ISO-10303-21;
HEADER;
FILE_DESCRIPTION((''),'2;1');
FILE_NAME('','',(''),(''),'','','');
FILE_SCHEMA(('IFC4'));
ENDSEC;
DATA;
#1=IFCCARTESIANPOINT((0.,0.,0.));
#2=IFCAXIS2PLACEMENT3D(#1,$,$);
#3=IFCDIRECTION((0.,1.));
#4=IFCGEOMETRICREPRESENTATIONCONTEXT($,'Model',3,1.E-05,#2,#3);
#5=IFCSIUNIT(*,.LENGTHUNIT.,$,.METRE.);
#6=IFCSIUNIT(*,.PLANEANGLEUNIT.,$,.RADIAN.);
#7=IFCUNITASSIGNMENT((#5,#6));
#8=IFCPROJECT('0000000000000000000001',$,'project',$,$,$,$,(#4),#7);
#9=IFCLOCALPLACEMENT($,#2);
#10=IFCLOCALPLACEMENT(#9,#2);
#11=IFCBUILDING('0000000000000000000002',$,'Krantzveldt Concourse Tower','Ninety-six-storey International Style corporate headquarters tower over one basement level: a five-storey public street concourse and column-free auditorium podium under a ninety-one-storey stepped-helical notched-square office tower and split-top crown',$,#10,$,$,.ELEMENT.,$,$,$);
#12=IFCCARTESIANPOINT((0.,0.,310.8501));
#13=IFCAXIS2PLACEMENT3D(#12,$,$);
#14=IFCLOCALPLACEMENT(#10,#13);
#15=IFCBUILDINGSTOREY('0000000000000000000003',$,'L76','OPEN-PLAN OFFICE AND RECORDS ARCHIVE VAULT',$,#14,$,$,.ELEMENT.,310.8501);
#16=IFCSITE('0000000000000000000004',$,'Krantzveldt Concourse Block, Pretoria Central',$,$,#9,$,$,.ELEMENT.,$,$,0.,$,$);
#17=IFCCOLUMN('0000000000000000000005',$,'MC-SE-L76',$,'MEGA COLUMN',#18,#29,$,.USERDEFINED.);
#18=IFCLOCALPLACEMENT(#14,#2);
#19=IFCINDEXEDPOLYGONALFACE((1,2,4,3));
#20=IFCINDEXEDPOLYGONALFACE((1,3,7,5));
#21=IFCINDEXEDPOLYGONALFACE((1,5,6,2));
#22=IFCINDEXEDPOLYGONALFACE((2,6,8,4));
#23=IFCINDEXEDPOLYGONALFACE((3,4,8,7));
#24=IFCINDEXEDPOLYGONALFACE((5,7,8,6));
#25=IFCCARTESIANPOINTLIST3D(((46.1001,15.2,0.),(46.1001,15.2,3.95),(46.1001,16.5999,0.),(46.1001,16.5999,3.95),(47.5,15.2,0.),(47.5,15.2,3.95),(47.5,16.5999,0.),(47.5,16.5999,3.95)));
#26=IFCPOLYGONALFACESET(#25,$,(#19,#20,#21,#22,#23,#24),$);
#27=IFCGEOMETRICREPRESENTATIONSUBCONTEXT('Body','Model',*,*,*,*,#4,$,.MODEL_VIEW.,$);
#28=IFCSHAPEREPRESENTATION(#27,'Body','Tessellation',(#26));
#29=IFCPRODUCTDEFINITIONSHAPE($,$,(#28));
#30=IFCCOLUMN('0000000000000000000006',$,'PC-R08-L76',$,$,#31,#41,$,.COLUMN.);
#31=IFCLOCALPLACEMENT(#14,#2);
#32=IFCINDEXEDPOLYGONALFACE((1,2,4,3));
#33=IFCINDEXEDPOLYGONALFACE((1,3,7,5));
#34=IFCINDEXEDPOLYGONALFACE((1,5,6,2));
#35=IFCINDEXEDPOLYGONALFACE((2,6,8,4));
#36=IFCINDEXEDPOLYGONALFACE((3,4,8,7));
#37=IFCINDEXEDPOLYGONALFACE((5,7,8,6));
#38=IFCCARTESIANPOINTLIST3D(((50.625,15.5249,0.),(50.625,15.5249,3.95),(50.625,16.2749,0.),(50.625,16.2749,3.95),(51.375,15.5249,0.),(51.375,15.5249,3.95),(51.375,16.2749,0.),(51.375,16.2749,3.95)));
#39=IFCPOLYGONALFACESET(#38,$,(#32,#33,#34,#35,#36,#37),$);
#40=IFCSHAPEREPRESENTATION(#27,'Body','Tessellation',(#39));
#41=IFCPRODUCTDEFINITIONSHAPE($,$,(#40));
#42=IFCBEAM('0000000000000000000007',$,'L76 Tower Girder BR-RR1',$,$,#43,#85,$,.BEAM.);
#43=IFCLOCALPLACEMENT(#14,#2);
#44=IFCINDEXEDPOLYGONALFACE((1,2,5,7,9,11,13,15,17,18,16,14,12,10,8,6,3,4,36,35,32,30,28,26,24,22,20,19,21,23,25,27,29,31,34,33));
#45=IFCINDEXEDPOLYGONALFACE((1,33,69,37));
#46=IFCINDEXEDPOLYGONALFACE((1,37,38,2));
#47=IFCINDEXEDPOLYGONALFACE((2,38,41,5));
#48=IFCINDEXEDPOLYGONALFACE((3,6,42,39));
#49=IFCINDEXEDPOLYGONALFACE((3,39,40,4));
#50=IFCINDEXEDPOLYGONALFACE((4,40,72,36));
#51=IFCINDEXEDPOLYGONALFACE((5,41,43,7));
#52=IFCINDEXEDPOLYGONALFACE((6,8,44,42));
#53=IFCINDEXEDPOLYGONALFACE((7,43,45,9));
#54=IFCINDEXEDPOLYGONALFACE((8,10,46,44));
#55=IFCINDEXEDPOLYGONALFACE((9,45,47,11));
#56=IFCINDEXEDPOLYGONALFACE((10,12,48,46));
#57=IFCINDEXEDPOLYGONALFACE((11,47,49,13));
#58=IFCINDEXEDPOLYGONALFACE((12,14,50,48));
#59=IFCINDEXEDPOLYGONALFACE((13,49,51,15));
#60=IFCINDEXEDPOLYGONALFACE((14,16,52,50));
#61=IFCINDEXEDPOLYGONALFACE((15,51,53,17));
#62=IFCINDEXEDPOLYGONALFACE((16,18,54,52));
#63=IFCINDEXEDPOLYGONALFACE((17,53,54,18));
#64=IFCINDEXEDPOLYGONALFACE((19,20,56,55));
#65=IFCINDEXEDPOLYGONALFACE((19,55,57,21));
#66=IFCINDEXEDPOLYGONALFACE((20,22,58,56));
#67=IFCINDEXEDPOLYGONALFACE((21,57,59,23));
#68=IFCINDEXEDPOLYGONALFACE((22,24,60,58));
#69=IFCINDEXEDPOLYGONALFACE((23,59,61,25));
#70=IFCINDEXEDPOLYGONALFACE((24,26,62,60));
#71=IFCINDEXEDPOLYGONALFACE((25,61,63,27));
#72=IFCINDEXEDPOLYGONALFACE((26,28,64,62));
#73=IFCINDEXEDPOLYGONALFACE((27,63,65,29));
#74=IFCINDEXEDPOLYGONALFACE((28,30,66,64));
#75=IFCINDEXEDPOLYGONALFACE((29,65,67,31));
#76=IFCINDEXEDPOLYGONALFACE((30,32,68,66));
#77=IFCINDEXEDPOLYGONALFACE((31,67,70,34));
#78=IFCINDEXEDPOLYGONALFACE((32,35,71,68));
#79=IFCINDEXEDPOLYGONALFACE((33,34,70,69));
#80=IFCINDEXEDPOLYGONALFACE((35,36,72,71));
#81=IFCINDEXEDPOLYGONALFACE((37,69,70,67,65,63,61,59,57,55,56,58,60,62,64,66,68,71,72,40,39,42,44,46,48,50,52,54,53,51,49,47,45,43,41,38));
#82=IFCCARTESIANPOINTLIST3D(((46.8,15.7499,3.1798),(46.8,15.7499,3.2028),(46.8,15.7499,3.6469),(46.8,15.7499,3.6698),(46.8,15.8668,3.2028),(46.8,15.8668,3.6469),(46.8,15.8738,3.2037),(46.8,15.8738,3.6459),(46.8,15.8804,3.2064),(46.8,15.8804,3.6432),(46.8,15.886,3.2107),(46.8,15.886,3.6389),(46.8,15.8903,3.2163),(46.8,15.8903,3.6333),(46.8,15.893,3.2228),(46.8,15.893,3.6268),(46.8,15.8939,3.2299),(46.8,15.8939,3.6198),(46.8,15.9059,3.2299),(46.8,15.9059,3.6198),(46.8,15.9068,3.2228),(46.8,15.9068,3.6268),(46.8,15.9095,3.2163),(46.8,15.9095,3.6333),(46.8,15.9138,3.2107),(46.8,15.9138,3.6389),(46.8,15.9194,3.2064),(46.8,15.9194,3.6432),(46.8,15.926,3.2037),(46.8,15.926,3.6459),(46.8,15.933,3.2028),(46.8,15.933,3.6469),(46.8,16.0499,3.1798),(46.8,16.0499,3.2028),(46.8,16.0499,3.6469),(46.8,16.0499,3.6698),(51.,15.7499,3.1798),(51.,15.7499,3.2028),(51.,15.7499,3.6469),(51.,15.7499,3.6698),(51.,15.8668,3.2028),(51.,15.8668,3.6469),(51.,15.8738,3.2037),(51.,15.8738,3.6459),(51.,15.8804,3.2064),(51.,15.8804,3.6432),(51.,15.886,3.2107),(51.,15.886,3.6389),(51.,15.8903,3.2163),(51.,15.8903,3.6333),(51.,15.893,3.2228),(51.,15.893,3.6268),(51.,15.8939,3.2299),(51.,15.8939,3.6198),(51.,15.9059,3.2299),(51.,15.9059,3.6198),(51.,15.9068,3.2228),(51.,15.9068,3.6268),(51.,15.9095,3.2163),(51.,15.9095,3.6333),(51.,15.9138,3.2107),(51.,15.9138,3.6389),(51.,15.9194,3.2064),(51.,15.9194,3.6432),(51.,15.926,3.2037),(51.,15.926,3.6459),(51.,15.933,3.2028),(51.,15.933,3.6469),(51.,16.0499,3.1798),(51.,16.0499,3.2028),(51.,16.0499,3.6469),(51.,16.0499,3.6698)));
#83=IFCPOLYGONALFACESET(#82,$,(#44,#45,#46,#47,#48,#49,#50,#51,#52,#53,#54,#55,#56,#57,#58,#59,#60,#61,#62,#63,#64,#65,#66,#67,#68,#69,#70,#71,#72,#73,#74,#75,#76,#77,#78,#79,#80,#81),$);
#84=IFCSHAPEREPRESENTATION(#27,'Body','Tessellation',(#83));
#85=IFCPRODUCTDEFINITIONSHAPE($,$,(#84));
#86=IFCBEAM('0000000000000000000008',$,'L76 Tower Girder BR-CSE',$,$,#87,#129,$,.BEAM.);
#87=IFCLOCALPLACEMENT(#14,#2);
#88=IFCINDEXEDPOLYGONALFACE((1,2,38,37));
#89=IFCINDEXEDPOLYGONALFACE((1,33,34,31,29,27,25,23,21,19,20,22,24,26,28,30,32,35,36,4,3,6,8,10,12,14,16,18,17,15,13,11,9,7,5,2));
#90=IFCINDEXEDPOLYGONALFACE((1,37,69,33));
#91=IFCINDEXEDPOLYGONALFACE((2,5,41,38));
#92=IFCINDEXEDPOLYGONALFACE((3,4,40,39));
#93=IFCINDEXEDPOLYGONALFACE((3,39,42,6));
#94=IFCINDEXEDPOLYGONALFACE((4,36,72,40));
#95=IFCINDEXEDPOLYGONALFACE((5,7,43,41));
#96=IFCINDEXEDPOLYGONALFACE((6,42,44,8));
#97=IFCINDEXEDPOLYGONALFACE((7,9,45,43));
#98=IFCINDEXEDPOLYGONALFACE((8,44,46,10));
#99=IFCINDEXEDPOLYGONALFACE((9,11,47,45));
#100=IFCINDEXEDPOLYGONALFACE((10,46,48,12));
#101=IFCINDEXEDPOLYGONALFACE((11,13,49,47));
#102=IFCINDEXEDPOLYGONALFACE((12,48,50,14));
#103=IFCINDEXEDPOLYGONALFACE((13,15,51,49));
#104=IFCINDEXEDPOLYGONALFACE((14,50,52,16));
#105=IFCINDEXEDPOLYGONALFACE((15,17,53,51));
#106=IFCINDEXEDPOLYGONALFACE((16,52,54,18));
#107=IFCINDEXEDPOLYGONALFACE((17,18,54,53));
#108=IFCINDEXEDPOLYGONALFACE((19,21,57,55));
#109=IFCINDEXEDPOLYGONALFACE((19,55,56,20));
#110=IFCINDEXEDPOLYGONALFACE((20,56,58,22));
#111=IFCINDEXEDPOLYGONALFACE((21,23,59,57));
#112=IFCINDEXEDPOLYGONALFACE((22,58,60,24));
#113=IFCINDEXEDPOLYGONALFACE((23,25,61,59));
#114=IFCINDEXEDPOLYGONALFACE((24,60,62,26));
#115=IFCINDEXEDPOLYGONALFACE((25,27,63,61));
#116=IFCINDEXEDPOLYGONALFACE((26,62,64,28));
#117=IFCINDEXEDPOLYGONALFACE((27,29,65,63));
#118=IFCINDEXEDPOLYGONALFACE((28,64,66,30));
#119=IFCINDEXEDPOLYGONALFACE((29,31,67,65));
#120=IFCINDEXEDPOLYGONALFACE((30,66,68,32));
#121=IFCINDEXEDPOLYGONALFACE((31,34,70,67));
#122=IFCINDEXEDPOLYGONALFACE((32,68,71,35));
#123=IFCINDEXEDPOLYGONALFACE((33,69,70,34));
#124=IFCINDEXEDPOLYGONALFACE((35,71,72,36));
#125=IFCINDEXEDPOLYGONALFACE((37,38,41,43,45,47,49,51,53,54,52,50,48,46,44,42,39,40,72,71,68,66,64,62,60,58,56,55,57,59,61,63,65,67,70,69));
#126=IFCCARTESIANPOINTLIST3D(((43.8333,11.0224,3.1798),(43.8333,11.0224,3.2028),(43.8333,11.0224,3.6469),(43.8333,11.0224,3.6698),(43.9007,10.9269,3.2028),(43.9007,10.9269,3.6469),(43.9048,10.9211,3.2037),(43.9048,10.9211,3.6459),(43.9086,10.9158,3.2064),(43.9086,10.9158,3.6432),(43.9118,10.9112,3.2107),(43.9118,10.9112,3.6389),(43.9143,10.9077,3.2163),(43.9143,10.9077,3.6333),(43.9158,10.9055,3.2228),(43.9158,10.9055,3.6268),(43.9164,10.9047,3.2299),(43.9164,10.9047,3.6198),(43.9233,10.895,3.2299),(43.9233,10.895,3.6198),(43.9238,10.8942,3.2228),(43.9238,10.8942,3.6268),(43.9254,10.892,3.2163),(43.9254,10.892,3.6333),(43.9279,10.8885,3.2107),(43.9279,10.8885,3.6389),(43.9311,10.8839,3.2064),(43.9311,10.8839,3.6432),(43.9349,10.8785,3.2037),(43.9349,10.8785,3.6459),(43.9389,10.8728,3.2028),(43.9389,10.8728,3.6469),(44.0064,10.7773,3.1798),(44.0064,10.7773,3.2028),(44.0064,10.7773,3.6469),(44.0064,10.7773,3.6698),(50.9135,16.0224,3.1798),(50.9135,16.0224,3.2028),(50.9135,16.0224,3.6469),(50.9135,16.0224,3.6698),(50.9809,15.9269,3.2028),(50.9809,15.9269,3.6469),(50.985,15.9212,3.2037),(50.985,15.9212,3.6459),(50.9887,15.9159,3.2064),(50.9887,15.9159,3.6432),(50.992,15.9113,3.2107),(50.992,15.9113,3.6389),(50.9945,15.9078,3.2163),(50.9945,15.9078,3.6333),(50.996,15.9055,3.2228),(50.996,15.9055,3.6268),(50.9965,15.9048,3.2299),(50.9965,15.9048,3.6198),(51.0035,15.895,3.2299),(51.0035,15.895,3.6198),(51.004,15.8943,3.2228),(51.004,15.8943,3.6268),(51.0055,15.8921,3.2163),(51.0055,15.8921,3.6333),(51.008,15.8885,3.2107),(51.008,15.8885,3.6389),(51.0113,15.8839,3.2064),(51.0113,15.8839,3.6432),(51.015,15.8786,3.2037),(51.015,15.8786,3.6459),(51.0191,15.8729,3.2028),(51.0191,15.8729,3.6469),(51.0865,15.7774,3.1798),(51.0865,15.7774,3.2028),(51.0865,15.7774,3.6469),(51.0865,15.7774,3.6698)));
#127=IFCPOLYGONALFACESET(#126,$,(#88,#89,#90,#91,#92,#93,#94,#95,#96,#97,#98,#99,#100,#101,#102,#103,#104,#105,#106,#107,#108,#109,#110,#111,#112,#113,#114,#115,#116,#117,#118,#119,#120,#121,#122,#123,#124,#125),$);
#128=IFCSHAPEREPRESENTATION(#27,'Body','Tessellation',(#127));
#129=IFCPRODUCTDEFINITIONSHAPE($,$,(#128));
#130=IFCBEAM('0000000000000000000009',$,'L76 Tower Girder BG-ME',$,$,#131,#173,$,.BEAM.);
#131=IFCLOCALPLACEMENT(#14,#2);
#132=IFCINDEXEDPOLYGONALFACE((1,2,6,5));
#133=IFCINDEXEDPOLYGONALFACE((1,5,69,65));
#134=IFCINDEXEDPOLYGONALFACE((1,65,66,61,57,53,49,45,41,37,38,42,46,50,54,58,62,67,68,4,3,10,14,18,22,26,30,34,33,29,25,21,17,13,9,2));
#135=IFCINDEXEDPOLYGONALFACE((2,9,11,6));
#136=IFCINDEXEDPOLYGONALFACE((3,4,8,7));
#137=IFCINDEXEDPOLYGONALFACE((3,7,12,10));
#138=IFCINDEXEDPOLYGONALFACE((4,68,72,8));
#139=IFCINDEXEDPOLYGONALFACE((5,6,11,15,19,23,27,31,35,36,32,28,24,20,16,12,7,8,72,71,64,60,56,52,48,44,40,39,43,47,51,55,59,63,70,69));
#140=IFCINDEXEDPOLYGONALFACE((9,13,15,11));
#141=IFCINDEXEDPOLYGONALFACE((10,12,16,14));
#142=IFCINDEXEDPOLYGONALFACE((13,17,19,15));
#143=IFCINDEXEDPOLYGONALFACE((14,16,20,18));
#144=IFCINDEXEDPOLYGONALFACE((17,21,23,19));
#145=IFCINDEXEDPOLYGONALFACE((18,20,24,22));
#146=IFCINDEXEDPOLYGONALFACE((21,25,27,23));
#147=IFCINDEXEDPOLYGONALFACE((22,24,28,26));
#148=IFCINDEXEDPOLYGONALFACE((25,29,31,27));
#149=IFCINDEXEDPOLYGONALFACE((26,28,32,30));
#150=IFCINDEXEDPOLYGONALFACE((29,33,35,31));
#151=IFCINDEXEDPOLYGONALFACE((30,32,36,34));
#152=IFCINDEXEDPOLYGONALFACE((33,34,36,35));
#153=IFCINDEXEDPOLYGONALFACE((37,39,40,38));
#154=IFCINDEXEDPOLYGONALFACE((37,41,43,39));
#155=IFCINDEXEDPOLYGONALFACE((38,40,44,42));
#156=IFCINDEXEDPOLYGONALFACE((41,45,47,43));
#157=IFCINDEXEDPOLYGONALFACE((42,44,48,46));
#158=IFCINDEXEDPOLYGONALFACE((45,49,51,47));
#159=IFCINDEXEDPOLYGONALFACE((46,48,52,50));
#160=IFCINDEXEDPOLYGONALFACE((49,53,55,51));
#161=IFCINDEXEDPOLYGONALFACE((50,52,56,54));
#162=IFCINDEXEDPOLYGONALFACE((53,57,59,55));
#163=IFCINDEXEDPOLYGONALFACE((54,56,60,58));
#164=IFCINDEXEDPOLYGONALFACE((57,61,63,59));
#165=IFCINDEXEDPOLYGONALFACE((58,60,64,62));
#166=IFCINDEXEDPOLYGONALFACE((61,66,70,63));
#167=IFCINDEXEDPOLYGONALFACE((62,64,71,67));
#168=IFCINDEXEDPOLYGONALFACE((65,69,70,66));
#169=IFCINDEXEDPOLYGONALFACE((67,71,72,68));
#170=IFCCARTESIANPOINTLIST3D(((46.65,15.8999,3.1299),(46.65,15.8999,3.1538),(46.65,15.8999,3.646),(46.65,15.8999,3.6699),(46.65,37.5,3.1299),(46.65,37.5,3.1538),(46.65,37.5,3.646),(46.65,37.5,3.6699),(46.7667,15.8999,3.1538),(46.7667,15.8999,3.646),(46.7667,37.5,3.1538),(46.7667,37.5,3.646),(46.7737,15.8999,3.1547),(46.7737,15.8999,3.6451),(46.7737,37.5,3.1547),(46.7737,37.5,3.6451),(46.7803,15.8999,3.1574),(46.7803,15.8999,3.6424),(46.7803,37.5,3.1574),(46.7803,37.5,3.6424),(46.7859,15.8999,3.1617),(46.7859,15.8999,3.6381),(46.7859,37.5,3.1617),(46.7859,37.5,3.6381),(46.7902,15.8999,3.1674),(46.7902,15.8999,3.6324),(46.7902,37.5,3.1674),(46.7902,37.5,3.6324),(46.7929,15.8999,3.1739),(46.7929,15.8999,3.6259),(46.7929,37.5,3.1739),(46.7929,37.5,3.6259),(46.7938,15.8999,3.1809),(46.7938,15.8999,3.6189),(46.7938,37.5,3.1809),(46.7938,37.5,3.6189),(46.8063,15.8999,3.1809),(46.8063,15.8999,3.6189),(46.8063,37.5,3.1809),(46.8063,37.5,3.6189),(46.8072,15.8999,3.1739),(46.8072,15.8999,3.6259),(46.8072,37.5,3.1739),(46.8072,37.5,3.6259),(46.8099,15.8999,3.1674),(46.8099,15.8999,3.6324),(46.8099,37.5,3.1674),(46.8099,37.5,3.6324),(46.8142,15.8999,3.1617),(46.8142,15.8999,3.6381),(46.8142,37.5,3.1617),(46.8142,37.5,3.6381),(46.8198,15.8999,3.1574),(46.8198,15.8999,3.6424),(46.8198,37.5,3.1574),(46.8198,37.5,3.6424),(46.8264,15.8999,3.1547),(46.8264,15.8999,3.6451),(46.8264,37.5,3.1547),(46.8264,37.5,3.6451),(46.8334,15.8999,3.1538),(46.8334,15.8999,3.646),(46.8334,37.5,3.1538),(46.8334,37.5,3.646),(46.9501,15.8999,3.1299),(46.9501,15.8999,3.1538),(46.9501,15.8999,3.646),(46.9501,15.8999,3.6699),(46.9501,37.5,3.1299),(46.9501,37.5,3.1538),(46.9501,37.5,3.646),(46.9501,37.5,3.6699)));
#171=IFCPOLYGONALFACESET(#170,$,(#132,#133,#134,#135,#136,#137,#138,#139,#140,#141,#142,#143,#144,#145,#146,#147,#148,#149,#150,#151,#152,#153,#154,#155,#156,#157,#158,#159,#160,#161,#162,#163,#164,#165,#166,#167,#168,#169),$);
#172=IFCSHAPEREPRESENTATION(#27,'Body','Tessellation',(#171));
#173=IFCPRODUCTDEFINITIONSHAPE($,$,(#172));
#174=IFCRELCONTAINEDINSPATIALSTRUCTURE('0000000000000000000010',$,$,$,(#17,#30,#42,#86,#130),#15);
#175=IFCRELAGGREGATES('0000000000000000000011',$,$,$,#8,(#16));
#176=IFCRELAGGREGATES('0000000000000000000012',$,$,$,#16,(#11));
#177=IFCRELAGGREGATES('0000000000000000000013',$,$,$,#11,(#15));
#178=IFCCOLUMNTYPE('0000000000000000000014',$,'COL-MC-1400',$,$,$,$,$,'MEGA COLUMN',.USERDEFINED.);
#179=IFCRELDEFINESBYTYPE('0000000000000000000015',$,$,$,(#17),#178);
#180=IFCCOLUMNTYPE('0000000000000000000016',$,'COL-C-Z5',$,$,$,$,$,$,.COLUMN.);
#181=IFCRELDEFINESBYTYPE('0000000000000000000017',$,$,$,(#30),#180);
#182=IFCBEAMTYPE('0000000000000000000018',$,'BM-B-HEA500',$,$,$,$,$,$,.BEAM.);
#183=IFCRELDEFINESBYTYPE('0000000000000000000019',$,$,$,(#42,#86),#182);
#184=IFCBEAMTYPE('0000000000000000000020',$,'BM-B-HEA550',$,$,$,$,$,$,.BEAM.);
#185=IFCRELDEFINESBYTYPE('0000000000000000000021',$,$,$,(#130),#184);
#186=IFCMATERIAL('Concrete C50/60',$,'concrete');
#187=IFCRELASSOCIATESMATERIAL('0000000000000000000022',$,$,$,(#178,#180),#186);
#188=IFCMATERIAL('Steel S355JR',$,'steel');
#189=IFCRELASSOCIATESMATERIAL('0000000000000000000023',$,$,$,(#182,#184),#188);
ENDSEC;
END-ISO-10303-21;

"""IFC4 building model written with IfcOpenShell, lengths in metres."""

from ifc_helpers import new_model, si_unit, direction, frame, origin, origin_2d, place, context, subcontext, project, spatial, rectangle, i_section, extrude, source, transform, mapped, material, material_profile, profile_set, type_object, type_shapes, element, save


model = new_model("IFC4")

# Units and contexts
model_context = context("Model", 3, precision=1e-05, world=origin(), true_north=direction((0.0, 1.0)))
body_context = subcontext(model_context, "Body", "Model", "MODEL_VIEW")
ifc_project = project(units=[si_unit("LENGTHUNIT", "METRE"), si_unit("PLANEANGLEUNIT", "RADIAN")], contexts=[model_context])

# Site, building, storey
site_placement = place(None, origin())
site = spatial("IfcSite", under=ifc_project, at=site_placement, Name="Krantzveldt Concourse Block, Pretoria Central", CompositionType="ELEMENT", RefElevation=0.0)
building_placement = place(site_placement, origin())
building = spatial("IfcBuilding", under=site, at=building_placement, Name="Krantzveldt Concourse Tower", Description="Ninety-six-storey International Style corporate headquarters tower over one basement level: a five-storey public street concourse and column-free auditorium podium under a ninety-one-storey stepped-helical notched-square office tower and split-top crown", CompositionType="ELEMENT")
storey_placement = place(building_placement, frame((0.0, 0.0, 310.8501)))
storey = spatial("IfcBuildingStorey", under=building, at=storey_placement, Name="L76", Description="OPEN-PLAN OFFICE AND RECORDS ARCHIVE VAULT", CompositionType="ELEMENT", Elevation=310.8501)

# Columns
ifc_material_1 = material(Name="Concrete C50/60", Category="concrete")
ifc_material_profile_1 = material_profile(ifc_material_1, rectangle(XDim=1.3999, YDim=1.3999, at=origin_2d()), Name="Concrete C50/60", Category="concrete")
ifc_profile_set_1 = profile_set([ifc_material_profile_1], Name="Concrete C50/60 - RC 1400x1400")
column_type_1 = type_object("IfcColumnType", Name="COL-MC-1400", ElementType="MEGA COLUMN", PredefinedType="USERDEFINED", material=ifc_profile_set_1)
shared_shape_1 = source(origin(), body_context, "Body", "SweptSolid", [
    extrude(rectangle(XDim=1.3999, YDim=1.3999, at=origin_2d()), origin(), (0.0, 0.0, 1.0), 3.95),
])
type_shapes(column_type_1, [shared_shape_1])
column_1_placement = place(storey_placement, frame((46.8, 15.8999, 0.0), z_axis=(0.0, 0.0, 1.0), x_axis=(1.0, 0.0, 0.0)))
element("IfcColumn", 1, at=column_1_placement, inside=storey, type_object=column_type_1, Name="MC-SE-L76", ObjectType="MEGA COLUMN", PredefinedType="USERDEFINED", context=body_context, shape_type="MappedRepresentation", body=[
    mapped(shared_shape_1, transform((0.0, 0.0, 0.0), x_axis=(1.0, 0.0, 0.0), y_axis=(0.0, 1.0, 0.0), z_axis=(0.0, 0.0, 1.0), scale=1.0)),
])
ifc_material_profile_2 = material_profile(ifc_material_1, rectangle(XDim=0.75, YDim=0.75, at=origin_2d()), Name="Concrete C50/60", Category="concrete")
ifc_profile_set_2 = profile_set([ifc_material_profile_2], Name="Concrete C50/60 - RC 750x750")
column_type_2 = type_object("IfcColumnType", Name="COL-C-Z5", PredefinedType="COLUMN", material=ifc_profile_set_2)
shared_shape_2 = source(origin(), body_context, "Body", "SweptSolid", [
    extrude(rectangle(XDim=0.75, YDim=0.75, at=origin_2d()), origin(), (0.0, 0.0, 1.0), 3.95),
])
type_shapes(column_type_2, [shared_shape_2])
column_2_placement = place(storey_placement, frame((51.0, 15.8999, 0.0), z_axis=(0.0, 0.0, 1.0), x_axis=(1.0, 0.0, 0.0)))
element("IfcColumn", 2, at=column_2_placement, inside=storey, type_object=column_type_2, Name="PC-R08-L76", PredefinedType="COLUMN", context=body_context, shape_type="MappedRepresentation", body=[
    mapped(shared_shape_2, transform((0.0, 0.0, 0.0), x_axis=(1.0, 0.0, 0.0), y_axis=(0.0, 1.0, 0.0), z_axis=(0.0, 0.0, 1.0), scale=1.0)),
])

# Beams
ifc_material_2 = material(Name="Steel S355JR", Category="steel")
ifc_material_profile_3 = material_profile(ifc_material_2, i_section(OverallWidth=0.3, OverallDepth=0.49, WebThickness=0.012, FlangeThickness=0.0229, FilletRadius=0.0271, at=origin_2d()), Name="Steel S355JR", Category="steel")
ifc_profile_set_3 = profile_set([ifc_material_profile_3], Name="Steel S355JR - HEA 500")
beam_type_1 = type_object("IfcBeamType", Name="BM-B-HEA500", PredefinedType="BEAM", material=ifc_profile_set_3)
shared_shape_3 = source(origin(), body_context, "Body", "SweptSolid", [
    extrude(i_section(OverallWidth=0.3, OverallDepth=0.49, WebThickness=0.012, FlangeThickness=0.0229, FilletRadius=0.0271, at=origin_2d()), origin(), (0.0, 0.0, 1.0), 4.2),
])
beam_1_placement = place(storey_placement, frame((46.8, 15.8999, 3.4248), z_axis=(1.0, 0.0, 0.0), x_axis=(0.0, 1.0, 0.0)))
element("IfcBeam", 3, at=beam_1_placement, inside=storey, type_object=beam_type_1, Name="L76 Tower Girder BR-RR1", PredefinedType="BEAM", context=body_context, shape_type="MappedRepresentation", body=[
    mapped(shared_shape_3, transform((0.0, 0.0, 0.0), x_axis=(1.0, 0.0, 0.0), y_axis=(0.0, 1.0, 0.0), z_axis=(0.0, 0.0, 1.0), scale=1.0)),
])
shared_shape_4 = source(origin(), body_context, "Body", "SweptSolid", [
    extrude(i_section(OverallWidth=0.3, OverallDepth=0.49, WebThickness=0.012, FlangeThickness=0.0229, FilletRadius=0.0271, at=origin_2d()), origin(), (0.0, 0.0, 1.0), 8.6677),
])
type_shapes(beam_type_1, [shared_shape_3, shared_shape_4])
beam_2_placement = place(storey_placement, frame((51.0, 15.8999, 3.4248), z_axis=(-0.816843, -0.57686, 0.0), x_axis=(0.57686, -0.816843, 0.0)))
element("IfcBeam", 4, at=beam_2_placement, inside=storey, type_object=beam_type_1, Name="L76 Tower Girder BR-CSE", PredefinedType="BEAM", context=body_context, shape_type="MappedRepresentation", body=[
    mapped(shared_shape_4, transform((0.0, 0.0, 0.0), x_axis=(1.0, 0.0, 0.0), y_axis=(0.0, 1.0, 0.0), z_axis=(0.0, 0.0, 1.0), scale=1.0)),
])
ifc_material_profile_4 = material_profile(ifc_material_2, i_section(OverallWidth=0.3, OverallDepth=0.54, WebThickness=0.0125, FlangeThickness=0.0239, FilletRadius=0.0271, at=origin_2d()), Name="Steel S355JR", Category="steel")
ifc_profile_set_4 = profile_set([ifc_material_profile_4], Name="Steel S355JR - HEA 550")
beam_type_2 = type_object("IfcBeamType", Name="BM-B-HEA550", PredefinedType="BEAM", material=ifc_profile_set_4)
shared_shape_5 = source(origin(), body_context, "Body", "SweptSolid", [
    extrude(i_section(OverallWidth=0.3, OverallDepth=0.54, WebThickness=0.0125, FlangeThickness=0.0239, FilletRadius=0.0271, at=origin_2d()), origin(), (0.0, 0.0, 1.0), 21.6001),
])
beam_3_placement = place(storey_placement, frame((46.8, 15.8999, 3.3999), z_axis=(0.0, 1.0, 0.0), x_axis=(-1.0, 0.0, 0.0)))
element("IfcBeam", 5, at=beam_3_placement, inside=storey, type_object=beam_type_2, Name="L76 Tower Girder BG-ME", PredefinedType="BEAM", context=body_context, shape_type="MappedRepresentation", body=[
    mapped(shared_shape_5, transform((0.0, 0.0, 0.0), x_axis=(1.0, 0.0, 0.0), y_axis=(0.0, 1.0, 0.0), z_axis=(0.0, 0.0, 1.0), scale=1.0)),
])

save(model, "model.ifc")
